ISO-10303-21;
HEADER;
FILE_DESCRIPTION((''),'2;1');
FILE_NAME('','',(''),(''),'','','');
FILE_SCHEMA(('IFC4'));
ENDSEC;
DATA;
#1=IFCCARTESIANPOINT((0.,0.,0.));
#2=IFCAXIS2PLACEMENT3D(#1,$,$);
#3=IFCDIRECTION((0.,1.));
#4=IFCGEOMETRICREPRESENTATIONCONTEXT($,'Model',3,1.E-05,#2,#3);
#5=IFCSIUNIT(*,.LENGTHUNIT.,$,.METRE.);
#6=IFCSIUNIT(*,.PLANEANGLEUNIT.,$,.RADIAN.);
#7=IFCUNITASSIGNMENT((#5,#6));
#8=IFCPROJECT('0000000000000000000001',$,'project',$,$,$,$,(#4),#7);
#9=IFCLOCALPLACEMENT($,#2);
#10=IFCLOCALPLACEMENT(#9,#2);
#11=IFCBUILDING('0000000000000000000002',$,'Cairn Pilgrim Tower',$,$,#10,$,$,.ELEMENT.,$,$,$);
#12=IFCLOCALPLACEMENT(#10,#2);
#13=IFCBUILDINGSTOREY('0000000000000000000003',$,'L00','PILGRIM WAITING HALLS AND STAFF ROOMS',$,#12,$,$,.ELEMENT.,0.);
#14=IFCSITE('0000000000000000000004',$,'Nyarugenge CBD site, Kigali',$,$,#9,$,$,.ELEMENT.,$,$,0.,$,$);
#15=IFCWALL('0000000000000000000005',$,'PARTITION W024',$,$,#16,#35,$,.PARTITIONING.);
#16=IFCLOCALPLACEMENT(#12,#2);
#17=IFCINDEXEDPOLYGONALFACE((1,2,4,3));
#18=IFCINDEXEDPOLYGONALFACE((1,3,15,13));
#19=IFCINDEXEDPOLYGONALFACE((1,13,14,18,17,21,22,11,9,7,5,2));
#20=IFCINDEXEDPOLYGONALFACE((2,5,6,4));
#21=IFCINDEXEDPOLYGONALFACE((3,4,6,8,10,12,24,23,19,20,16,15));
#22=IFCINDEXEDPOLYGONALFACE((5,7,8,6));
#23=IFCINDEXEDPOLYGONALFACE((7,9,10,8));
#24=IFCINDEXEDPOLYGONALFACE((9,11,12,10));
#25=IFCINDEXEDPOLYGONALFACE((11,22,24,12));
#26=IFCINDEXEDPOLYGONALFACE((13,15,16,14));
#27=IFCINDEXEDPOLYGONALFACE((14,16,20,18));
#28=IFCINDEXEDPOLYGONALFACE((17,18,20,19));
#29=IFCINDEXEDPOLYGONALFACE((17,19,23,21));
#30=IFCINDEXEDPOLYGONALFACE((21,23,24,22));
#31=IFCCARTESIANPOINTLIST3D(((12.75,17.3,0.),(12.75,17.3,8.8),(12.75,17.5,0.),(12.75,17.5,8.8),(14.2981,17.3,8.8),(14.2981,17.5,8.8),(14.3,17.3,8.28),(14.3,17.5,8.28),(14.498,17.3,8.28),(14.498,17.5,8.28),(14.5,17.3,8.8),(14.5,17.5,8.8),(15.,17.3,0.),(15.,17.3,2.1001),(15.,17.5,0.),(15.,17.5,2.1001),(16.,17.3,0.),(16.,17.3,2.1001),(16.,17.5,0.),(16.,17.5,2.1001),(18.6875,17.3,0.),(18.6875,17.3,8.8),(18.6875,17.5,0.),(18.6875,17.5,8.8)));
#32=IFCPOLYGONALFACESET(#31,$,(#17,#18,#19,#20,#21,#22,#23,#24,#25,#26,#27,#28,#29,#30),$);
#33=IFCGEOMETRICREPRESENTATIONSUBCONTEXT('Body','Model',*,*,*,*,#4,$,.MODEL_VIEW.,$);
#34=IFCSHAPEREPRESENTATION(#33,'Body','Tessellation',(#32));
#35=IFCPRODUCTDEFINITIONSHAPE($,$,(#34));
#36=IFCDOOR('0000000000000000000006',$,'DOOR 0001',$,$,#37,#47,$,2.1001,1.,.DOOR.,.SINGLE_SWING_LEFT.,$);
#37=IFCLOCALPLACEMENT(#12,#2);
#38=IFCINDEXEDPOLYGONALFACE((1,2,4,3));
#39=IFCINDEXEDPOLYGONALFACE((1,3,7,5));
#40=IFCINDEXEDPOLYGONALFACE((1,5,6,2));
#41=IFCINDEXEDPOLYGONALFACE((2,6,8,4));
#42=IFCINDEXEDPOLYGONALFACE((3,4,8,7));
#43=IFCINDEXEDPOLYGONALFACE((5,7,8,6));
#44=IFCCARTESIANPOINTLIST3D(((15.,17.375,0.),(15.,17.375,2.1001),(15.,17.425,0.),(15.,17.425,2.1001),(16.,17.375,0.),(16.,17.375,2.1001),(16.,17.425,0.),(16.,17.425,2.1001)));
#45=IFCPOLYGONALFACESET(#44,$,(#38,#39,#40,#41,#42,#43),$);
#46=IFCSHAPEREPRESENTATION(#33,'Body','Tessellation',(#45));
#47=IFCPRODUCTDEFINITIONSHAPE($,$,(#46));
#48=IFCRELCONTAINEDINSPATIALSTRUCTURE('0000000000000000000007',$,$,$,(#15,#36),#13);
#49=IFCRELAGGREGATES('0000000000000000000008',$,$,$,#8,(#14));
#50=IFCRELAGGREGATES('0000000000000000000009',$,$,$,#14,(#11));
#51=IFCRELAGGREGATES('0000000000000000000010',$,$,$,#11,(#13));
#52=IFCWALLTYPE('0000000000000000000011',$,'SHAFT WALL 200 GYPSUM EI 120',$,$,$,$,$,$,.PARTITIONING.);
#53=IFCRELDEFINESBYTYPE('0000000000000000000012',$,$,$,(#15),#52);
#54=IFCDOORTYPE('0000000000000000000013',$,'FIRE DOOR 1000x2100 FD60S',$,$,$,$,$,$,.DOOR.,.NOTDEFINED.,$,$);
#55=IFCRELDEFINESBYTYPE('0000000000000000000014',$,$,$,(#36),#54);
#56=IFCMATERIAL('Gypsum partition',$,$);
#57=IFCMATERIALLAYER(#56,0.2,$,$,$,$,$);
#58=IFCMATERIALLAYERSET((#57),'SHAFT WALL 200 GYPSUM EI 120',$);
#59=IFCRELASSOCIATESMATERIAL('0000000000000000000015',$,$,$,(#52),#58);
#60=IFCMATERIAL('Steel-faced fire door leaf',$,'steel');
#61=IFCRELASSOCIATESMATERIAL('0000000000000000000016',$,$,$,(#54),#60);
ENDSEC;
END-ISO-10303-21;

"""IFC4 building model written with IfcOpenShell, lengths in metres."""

from ifc_helpers import new_model, si_unit, direction, frame, frame_2d, origin, place, context, subcontext, project, spatial, polyline, rectangle, outline, extrude, material, layer, layer_set, type_object, element, fill, save


model = new_model("IFC4")

# Units and contexts
model_context = context("Model", 3, precision=1e-05, world=origin(), true_north=direction((0.0, 1.0)))
body_context = subcontext(model_context, "Body", "Model", "MODEL_VIEW")
ifc_project = project(units=[si_unit("LENGTHUNIT", "METRE"), si_unit("PLANEANGLEUNIT", "RADIAN")], contexts=[model_context])

# Site, building, storey
site_placement = place(None, origin())
site = spatial("IfcSite", under=ifc_project, at=site_placement, Name="Nyarugenge CBD site, Kigali", CompositionType="ELEMENT", RefElevation=0.0)
building_placement = place(site_placement, origin())
building = spatial("IfcBuilding", under=site, at=building_placement, Name="Cairn Pilgrim Tower", CompositionType="ELEMENT")
storey_placement = place(building_placement, origin())
storey = spatial("IfcBuildingStorey", under=building, at=storey_placement, Name="L00", Description="PILGRIM WAITING HALLS AND STAFF ROOMS", CompositionType="ELEMENT", Elevation=0.0)

# Shared definitions
ifc_material_1 = material(Name="Gypsum partition")

# Wall, opening, door
ifc_layer_1 = layer(ifc_material_1, 0.2)
ifc_layer_set_1 = layer_set([ifc_layer_1], Name="SHAFT WALL 200 GYPSUM EI 120")
wall_type_1 = type_object("IfcWallType", Name="SHAFT WALL 200 GYPSUM EI 120", PredefinedType="PARTITIONING", material=ifc_layer_set_1)
wall_1_placement = place(storey_placement, frame((12.75, 17.3999, 0.0), z_axis=(0.0, 0.0, 1.0), x_axis=(1.0, 0.0, 0.0)))
wall_1 = element("IfcWall", 1, at=wall_1_placement, inside=storey, type_object=wall_type_1, Name="PARTITION W024", PredefinedType="PARTITIONING", context=body_context, shape_type="SweptSolid", body=[
    extrude(outline(polyline([(0.0, 0.0), (5.9375, 0.0), (5.9375, 8.8), (1.75, 8.8), (1.748, 8.28), (1.55, 8.28), (1.5481, 8.8), (0.0, 8.8), (0.0, 0.0)])), frame((0.0, 0.1001, 0.0), z_axis=(0.0, -1.0, 0.0), x_axis=(1.0, 0.0, 0.0)), (0.0, 0.0, 1.0), 0.2),
])
opening_1_placement = place(wall_1_placement, frame((2.25, 0.0, 0.0)))
opening_1 = element("IfcOpeningElement", 2, at=opening_1_placement, cuts=wall_1, PredefinedType="OPENING", context=body_context, shape_type="SweptSolid", body=[
    extrude(rectangle(XDim=1.0, YDim=2.1001, at=frame_2d((0.5, 1.05))), frame((0.0, 0.1099, 0.0), z_axis=(0.0, -1.0, 0.0), x_axis=(1.0, 0.0, 0.0)), (0.0, 0.0, 1.0), 0.22),
])
ifc_material_2 = material(Name="Steel-faced fire door leaf", Category="steel")
door_type_1 = type_object("IfcDoorType", Name="FIRE DOOR 1000x2100 FD60S", OperationType="NOTDEFINED", PredefinedType="DOOR", material=ifc_material_2)
door_1_placement = place(opening_1_placement, frame((1.0, 0.0, 0.0), z_axis=(0.0, 0.0, 1.0), x_axis=(-1.0, 0.0, 0.0)))
door_1 = element("IfcDoor", 3, at=door_1_placement, inside=storey, type_object=door_type_1, Name="DOOR 0001", OperationType="SINGLE_SWING_LEFT", OverallHeight=2.1001, OverallWidth=1.0, PredefinedType="DOOR", context=body_context, shape_type="SweptSolid", body=[
    extrude(rectangle(XDim=1.0, YDim=2.1001, at=frame_2d((0.5, 1.05))), frame((0.0, 0.0249, 0.0), z_axis=(0.0, -1.0, 0.0), x_axis=(1.0, 0.0, 0.0)), (0.0, 0.0, 1.0), 0.05),
])
fill(opening_1, door_1)

save(model, "model.ifc")
